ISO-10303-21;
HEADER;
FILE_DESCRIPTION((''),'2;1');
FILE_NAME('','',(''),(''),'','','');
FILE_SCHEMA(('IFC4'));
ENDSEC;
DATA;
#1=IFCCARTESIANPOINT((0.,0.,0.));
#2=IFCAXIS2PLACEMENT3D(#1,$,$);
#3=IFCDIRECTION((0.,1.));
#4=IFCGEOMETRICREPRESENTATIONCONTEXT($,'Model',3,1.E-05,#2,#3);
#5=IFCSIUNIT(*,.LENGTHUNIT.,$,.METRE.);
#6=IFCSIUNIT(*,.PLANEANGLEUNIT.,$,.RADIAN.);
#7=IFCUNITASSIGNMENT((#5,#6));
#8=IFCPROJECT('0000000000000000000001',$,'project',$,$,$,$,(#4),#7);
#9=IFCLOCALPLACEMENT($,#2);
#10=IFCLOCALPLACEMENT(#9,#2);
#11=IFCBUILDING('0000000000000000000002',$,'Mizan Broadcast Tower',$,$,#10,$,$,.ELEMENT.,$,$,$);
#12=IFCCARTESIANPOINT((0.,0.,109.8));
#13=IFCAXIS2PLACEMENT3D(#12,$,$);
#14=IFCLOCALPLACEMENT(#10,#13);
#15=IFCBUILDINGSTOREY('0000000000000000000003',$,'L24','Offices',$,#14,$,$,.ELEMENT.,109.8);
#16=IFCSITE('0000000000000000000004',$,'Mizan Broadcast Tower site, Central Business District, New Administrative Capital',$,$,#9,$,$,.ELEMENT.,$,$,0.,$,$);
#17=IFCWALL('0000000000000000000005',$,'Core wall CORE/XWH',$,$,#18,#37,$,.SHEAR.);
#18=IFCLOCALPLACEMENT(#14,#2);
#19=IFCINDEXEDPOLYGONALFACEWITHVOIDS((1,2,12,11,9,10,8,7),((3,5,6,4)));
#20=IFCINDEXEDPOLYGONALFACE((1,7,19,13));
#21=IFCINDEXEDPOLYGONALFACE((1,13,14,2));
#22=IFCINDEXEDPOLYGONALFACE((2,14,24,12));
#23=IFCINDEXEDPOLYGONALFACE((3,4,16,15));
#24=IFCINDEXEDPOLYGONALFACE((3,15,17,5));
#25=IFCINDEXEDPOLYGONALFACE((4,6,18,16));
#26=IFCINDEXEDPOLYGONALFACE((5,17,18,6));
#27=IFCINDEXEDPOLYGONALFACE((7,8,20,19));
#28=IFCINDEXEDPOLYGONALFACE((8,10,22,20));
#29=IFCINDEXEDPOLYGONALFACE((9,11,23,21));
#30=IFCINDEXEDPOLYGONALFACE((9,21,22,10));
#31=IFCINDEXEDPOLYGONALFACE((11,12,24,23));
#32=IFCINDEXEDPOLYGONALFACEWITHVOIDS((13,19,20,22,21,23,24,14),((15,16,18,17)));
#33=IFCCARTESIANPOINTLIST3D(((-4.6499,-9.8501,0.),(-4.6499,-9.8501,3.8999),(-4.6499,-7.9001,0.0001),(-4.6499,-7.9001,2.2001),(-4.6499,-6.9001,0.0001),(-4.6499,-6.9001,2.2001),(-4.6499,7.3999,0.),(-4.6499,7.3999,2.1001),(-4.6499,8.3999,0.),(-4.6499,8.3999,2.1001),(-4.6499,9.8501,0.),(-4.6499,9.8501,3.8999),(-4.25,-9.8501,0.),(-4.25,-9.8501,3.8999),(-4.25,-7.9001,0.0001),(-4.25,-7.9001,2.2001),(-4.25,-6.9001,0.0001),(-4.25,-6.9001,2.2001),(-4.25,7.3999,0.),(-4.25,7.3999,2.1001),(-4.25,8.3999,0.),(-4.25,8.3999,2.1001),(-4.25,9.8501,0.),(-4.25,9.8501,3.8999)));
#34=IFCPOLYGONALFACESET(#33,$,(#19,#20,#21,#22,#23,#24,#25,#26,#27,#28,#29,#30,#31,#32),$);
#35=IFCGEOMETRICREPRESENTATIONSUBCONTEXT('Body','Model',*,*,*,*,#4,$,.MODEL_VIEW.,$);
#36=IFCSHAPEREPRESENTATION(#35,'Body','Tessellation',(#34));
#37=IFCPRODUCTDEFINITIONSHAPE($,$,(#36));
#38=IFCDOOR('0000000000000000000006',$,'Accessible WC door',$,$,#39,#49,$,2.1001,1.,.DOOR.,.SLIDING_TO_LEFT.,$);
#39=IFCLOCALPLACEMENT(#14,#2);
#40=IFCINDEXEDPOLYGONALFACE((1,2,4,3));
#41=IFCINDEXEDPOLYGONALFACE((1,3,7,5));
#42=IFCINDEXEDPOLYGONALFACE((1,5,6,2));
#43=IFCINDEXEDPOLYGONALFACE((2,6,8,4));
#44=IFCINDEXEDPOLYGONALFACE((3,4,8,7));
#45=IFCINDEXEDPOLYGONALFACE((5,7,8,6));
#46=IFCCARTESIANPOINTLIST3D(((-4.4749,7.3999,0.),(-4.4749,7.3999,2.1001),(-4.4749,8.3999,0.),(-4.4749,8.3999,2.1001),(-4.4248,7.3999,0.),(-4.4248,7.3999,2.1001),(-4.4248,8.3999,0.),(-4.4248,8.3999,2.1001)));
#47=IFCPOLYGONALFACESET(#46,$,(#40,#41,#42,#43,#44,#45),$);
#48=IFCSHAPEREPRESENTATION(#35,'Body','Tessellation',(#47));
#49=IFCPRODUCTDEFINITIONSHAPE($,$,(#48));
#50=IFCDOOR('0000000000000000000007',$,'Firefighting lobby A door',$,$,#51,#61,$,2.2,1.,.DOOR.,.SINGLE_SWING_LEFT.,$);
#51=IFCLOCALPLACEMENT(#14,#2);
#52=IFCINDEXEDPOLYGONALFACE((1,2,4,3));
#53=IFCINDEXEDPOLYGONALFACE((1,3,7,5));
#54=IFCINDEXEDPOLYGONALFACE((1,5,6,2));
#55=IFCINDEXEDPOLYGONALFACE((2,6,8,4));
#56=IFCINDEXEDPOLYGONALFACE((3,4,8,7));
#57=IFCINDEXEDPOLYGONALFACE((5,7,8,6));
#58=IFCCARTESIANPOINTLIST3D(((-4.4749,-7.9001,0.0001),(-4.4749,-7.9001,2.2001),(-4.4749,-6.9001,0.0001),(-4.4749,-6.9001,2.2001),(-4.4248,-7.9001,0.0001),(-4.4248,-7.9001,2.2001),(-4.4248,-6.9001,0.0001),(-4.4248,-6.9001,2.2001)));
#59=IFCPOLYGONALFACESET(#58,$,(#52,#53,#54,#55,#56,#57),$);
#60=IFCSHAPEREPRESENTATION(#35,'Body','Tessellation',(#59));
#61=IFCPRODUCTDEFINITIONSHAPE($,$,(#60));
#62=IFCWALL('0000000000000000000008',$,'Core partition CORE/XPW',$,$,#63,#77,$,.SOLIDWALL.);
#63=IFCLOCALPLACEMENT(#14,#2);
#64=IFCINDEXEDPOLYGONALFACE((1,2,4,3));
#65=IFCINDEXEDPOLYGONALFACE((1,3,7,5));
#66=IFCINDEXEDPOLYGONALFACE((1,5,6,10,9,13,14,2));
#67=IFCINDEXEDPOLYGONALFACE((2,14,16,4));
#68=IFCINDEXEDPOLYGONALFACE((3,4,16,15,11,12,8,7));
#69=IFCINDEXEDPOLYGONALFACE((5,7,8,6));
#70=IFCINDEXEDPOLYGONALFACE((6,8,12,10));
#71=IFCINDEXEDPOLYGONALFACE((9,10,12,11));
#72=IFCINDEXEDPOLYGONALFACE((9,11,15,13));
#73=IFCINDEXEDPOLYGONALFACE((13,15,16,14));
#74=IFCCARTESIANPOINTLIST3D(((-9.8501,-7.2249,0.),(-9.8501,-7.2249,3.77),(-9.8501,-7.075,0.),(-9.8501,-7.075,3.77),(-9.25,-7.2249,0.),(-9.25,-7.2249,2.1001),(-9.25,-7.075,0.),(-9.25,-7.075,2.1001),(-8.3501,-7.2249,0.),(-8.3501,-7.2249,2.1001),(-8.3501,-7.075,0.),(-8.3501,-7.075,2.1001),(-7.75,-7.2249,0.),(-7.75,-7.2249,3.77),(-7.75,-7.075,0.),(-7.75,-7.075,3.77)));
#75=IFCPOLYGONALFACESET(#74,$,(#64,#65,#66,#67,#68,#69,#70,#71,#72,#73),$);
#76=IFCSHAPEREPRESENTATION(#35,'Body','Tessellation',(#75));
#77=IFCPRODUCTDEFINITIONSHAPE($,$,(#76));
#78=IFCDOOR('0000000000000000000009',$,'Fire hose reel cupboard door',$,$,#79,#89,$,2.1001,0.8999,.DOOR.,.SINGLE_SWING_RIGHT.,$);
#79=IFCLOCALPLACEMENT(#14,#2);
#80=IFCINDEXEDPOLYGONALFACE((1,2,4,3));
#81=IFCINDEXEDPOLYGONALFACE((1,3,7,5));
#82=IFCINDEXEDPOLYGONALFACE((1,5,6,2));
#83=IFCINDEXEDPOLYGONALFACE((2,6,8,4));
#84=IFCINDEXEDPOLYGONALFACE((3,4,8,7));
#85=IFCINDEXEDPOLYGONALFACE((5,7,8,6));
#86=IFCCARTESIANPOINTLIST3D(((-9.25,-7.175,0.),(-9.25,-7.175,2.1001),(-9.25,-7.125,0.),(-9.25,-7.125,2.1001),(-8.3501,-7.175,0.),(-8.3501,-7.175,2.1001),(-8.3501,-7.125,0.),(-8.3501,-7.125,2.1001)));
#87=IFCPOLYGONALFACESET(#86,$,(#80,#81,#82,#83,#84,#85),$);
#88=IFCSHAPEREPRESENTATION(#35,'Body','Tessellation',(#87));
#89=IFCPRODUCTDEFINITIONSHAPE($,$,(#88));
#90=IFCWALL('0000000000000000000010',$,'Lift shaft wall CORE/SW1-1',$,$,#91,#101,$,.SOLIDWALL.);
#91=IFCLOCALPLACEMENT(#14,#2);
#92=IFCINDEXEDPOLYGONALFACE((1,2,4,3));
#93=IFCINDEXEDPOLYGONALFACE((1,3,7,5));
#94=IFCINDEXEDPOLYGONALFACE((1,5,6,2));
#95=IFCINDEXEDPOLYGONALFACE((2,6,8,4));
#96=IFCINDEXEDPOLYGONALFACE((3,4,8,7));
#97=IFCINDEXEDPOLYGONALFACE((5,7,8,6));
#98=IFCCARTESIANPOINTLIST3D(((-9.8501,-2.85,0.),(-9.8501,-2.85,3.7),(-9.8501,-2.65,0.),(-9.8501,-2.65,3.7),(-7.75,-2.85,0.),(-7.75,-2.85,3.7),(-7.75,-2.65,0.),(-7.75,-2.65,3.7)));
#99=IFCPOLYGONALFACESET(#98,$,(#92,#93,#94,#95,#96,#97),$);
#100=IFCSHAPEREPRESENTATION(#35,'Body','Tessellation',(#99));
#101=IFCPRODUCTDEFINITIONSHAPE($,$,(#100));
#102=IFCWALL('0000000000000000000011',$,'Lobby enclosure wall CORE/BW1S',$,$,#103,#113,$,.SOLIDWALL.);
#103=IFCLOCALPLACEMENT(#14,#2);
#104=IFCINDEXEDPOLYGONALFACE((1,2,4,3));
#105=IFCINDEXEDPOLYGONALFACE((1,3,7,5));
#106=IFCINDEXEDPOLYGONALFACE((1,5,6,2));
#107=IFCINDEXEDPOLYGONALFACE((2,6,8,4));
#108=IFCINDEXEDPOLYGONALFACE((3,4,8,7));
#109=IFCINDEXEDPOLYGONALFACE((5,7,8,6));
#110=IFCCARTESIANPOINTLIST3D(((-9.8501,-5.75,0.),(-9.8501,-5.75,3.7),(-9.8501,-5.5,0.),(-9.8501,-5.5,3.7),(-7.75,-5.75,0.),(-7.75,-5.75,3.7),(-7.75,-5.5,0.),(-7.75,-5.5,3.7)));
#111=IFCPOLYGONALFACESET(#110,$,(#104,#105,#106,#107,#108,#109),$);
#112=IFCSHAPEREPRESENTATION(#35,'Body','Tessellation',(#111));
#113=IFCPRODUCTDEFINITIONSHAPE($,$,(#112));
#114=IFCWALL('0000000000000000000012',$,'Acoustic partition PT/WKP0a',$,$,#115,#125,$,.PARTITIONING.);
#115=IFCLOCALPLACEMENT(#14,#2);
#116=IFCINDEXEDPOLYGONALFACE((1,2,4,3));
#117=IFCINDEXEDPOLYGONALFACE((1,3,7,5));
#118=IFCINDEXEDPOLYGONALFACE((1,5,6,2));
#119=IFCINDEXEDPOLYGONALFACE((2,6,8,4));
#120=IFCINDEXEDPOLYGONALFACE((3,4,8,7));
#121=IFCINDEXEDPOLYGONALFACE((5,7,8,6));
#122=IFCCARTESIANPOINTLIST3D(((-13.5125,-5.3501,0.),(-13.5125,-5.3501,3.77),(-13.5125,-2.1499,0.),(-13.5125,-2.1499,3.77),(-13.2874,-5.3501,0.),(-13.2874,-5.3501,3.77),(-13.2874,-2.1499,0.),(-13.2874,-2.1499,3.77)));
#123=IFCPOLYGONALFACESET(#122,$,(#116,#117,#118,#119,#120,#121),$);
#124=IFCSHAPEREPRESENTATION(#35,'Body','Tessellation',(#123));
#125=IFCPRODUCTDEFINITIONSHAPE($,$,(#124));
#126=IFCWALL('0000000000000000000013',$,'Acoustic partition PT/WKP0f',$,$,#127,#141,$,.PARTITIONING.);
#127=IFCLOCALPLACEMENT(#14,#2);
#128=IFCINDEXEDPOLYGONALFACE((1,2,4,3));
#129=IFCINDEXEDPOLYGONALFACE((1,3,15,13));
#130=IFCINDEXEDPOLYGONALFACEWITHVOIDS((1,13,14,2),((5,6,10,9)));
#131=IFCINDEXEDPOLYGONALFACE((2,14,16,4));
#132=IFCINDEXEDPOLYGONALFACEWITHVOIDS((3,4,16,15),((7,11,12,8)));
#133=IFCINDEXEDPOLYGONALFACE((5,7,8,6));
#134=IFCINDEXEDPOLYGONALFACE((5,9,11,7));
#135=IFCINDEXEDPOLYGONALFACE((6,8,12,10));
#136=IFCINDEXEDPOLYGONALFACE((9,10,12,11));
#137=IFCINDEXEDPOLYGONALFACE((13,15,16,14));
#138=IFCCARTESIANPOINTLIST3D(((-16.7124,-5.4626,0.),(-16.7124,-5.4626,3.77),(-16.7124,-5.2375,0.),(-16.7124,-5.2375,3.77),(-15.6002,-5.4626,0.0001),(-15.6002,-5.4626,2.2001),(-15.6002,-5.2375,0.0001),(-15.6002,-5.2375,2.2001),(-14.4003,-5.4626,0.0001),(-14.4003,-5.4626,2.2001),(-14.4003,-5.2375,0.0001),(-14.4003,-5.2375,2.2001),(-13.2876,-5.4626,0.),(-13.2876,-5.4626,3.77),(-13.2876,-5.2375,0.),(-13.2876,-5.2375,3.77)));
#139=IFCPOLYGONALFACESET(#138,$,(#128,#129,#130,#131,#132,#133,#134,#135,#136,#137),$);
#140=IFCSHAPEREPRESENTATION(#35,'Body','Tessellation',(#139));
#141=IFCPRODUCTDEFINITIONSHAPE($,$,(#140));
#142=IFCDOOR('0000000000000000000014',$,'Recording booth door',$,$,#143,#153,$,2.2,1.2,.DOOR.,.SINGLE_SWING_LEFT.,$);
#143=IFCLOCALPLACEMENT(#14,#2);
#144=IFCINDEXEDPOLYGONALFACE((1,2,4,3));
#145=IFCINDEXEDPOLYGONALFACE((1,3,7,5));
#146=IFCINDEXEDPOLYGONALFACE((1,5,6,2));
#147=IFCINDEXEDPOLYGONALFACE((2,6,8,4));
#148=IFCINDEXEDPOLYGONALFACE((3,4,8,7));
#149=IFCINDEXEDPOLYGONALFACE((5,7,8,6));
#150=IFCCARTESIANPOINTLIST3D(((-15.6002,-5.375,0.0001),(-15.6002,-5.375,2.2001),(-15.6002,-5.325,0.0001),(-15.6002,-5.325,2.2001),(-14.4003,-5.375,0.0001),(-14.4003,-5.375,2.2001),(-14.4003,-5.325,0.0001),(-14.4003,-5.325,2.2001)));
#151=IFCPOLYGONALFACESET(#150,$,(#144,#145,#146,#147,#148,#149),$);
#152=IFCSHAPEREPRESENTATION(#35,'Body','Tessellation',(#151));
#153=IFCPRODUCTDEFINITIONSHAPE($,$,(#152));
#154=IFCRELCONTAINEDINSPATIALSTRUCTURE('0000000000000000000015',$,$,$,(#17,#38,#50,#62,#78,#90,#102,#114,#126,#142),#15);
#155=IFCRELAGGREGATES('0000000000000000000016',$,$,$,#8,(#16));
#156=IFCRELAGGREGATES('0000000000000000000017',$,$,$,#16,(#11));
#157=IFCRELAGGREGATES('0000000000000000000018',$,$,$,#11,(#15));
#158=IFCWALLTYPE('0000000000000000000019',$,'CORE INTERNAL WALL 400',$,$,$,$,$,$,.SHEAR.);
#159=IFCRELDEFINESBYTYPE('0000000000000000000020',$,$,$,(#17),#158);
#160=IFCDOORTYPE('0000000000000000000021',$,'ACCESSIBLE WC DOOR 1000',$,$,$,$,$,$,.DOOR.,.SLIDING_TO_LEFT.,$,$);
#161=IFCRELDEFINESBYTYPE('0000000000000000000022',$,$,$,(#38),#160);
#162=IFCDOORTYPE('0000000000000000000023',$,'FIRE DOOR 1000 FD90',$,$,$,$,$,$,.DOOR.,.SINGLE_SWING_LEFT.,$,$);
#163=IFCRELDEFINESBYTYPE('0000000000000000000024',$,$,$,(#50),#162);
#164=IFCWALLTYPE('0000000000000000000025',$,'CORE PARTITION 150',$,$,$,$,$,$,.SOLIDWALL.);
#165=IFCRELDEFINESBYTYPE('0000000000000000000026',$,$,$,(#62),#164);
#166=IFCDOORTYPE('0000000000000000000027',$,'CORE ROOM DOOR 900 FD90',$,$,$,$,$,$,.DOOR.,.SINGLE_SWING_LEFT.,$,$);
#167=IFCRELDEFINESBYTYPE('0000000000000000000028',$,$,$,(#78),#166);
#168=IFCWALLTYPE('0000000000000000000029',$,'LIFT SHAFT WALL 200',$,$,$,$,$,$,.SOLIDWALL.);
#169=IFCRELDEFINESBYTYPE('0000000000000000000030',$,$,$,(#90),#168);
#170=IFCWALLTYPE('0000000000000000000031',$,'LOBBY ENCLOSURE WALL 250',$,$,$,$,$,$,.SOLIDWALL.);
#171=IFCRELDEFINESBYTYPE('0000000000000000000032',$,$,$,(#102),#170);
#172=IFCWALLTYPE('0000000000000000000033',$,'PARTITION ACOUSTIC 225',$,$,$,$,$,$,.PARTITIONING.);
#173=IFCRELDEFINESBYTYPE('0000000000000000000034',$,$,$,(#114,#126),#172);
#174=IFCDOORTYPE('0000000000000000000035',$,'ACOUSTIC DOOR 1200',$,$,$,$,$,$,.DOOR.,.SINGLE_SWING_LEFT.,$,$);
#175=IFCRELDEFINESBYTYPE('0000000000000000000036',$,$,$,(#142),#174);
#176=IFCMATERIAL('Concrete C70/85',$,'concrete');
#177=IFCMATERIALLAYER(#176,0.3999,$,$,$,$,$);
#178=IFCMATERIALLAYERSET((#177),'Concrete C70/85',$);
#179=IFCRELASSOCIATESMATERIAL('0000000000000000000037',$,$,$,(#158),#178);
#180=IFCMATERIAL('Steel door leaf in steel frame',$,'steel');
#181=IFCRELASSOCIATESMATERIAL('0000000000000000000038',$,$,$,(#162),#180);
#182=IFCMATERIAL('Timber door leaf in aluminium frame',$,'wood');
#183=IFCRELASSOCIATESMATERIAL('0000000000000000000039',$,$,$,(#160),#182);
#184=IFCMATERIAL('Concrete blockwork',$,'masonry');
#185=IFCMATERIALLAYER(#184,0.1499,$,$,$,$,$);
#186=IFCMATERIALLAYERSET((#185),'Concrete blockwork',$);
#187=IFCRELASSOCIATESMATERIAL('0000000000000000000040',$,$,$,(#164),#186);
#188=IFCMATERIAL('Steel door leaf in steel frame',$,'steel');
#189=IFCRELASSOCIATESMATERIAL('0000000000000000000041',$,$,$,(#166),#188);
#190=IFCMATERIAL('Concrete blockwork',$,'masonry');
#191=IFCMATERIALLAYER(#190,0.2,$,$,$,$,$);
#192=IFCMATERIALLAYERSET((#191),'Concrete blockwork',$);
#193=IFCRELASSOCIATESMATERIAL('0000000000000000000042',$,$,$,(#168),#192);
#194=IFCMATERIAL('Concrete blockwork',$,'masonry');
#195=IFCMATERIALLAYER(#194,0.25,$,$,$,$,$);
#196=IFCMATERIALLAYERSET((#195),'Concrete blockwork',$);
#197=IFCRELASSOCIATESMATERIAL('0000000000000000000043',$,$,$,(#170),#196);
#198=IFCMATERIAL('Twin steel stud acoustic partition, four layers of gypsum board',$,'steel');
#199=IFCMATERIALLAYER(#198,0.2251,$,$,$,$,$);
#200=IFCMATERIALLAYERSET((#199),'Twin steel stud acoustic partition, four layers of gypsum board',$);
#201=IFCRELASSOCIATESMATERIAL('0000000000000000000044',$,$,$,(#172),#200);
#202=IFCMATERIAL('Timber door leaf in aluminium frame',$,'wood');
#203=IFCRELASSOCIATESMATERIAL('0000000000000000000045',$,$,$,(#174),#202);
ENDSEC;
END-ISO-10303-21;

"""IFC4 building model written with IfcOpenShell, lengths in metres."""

from ifc_helpers import new_model, si_unit, direction, frame, frame_2d, origin, place, context, subcontext, project, spatial, rectangle, extrude, material, layer, layer_set, type_object, element, fill, save


model = new_model("IFC4")

# Units and contexts
model_context = context("Model", 3, precision=1e-05, world=origin(), true_north=direction((0.0, 1.0)))
body_context = subcontext(model_context, "Body", "Model", "MODEL_VIEW")
ifc_project = project(units=[si_unit("LENGTHUNIT", "METRE"), si_unit("PLANEANGLEUNIT", "RADIAN")], contexts=[model_context])

# Site, building, storey
site_placement = place(None, origin())
site = spatial("IfcSite", under=ifc_project, at=site_placement, Name="Mizan Broadcast Tower site, Central Business District, New Administrative Capital", CompositionType="ELEMENT", RefElevation=0.0)
building_placement = place(site_placement, origin())
building = spatial("IfcBuilding", under=site, at=building_placement, Name="Mizan Broadcast Tower", CompositionType="ELEMENT")
storey_placement = place(building_placement, frame((0.0, 0.0, 109.8)))
storey = spatial("IfcBuildingStorey", under=building, at=storey_placement, Name="L24", Description="Offices", CompositionType="ELEMENT", Elevation=109.8)

# Wall, openings, doors
ifc_material_1 = material(Name="Concrete C70/85", Category="concrete")
ifc_layer_1 = layer(ifc_material_1, 0.3999)
ifc_layer_set_1 = layer_set([ifc_layer_1], Name="Concrete C70/85")
wall_type_1 = type_object("IfcWallType", Name="CORE INTERNAL WALL 400", PredefinedType="SHEAR", material=ifc_layer_set_1)
ifc_material_2 = material(Name="Steel door leaf in steel frame", Category="steel")
door_type_1 = type_object("IfcDoorType", Name="FIRE DOOR 1000 FD90", OperationType="SINGLE_SWING_LEFT", PredefinedType="DOOR", material=ifc_material_2)
wall_1_placement = place(storey_placement, frame((-4.45, -9.8501, 0.0), z_axis=(0.0, 0.0, 1.0), x_axis=(0.0, 1.0, 0.0)))
wall_1 = element("IfcWall", 1, at=wall_1_placement, inside=storey, type_object=wall_type_1, Name="Core wall CORE/XWH", PredefinedType="SHEAR", context=body_context, shape_type="SweptSolid", body=[
    extrude(rectangle(XDim=19.7002, YDim=0.3999, at=frame_2d((9.8501, 0.0))), origin(), (0.0, 0.0, 1.0), 3.8999),
])
opening_1_placement = place(wall_1_placement, frame((1.95, 0.0, 0.0)))
opening_1 = element("IfcOpeningElement", 2, at=opening_1_placement, cuts=wall_1, PredefinedType="OPENING", context=body_context, shape_type="SweptSolid", body=[
    extrude(rectangle(XDim=1.0, YDim=2.2, at=frame_2d((0.5, 1.1001))), frame((0.0, 0.21, 0.0), z_axis=(0.0, -1.0, 0.0), x_axis=(1.0, 0.0, 0.0)), (0.0, 0.0, 1.0), 0.4199),
])
opening_2_placement = place(wall_1_placement, frame((17.25, 0.0, 0.0)))
opening_2 = element("IfcOpeningElement", 3, at=opening_2_placement, cuts=wall_1, PredefinedType="OPENING", context=body_context, shape_type="SweptSolid", body=[
    extrude(rectangle(XDim=1.0, YDim=2.1001, at=frame_2d((0.5, 1.05))), frame((0.0, 0.21, 0.0), z_axis=(0.0, -1.0, 0.0), x_axis=(1.0, 0.0, 0.0)), (0.0, 0.0, 1.0), 0.4199),
])
ifc_material_3 = material(Name="Timber door leaf in aluminium frame", Category="wood")
door_type_2 = type_object("IfcDoorType", Name="ACCESSIBLE WC DOOR 1000", OperationType="SLIDING_TO_LEFT", PredefinedType="DOOR", material=ifc_material_3)
door_1_placement = place(opening_2_placement, origin())
door_1 = element("IfcDoor", 4, at=door_1_placement, inside=storey, type_object=door_type_2, Name="Accessible WC door", OperationType="SLIDING_TO_LEFT", OverallHeight=2.1001, OverallWidth=1.0, PredefinedType="DOOR", context=body_context, shape_type="SweptSolid", body=[
    extrude(rectangle(XDim=1.0, YDim=2.1001, at=frame_2d((0.5, 1.05))), frame((0.0, 0.0249, 0.0), z_axis=(0.0, -1.0, 0.0), x_axis=(1.0, 0.0, 0.0)), (0.0, 0.0, 1.0), 0.05),
])
fill(opening_2, door_1)
door_2_placement = place(opening_1_placement, origin())
door_2 = element("IfcDoor", 5, at=door_2_placement, inside=storey, type_object=door_type_1, Name="Firefighting lobby A door", OperationType="SINGLE_SWING_LEFT", OverallHeight=2.2, OverallWidth=1.0, PredefinedType="DOOR", context=body_context, shape_type="SweptSolid", body=[
    extrude(rectangle(XDim=1.0, YDim=2.2, at=frame_2d((0.5, 1.1001))), frame((0.0, 0.0249, 0.0), z_axis=(0.0, -1.0, 0.0), x_axis=(1.0, 0.0, 0.0)), (0.0, 0.0, 1.0), 0.05),
])
fill(opening_1, door_2)

# Wall, opening, door
ifc_material_4 = material(Name="Concrete blockwork", Category="masonry")
ifc_layer_2 = layer(ifc_material_4, 0.1499)
ifc_layer_set_2 = layer_set([ifc_layer_2], Name="Concrete blockwork")
wall_type_2 = type_object("IfcWallType", Name="CORE PARTITION 150", PredefinedType="SOLIDWALL", material=ifc_layer_set_2)
wall_2_placement = place(storey_placement, frame((-9.8501, -7.1499, 0.0), z_axis=(0.0, 0.0, 1.0), x_axis=(1.0, 0.0, 0.0)))
wall_2 = element("IfcWall", 6, at=wall_2_placement, inside=storey, type_object=wall_type_2, Name="Core partition CORE/XPW", PredefinedType="SOLIDWALL", context=body_context, shape_type="SweptSolid", body=[
    extrude(rectangle(XDim=2.1001, YDim=0.1499, at=frame_2d((1.05, 0.0))), origin(), (0.0, 0.0, 1.0), 3.77),
])
opening_3_placement = place(wall_2_placement, frame((0.6001, 0.0, 0.0)))
opening_3 = element("IfcOpeningElement", 7, at=opening_3_placement, cuts=wall_2, PredefinedType="OPENING", context=body_context, shape_type="SweptSolid", body=[
    extrude(rectangle(XDim=0.8999, YDim=2.1001, at=frame_2d((0.45, 1.05))), frame((0.0, 0.085, 0.0), z_axis=(0.0, -1.0, 0.0), x_axis=(1.0, 0.0, 0.0)), (0.0, 0.0, 1.0), 0.1699),
])
ifc_material_5 = material(Name="Steel door leaf in steel frame", Category="steel")
door_type_3 = type_object("IfcDoorType", Name="CORE ROOM DOOR 900 FD90", OperationType="SINGLE_SWING_LEFT", PredefinedType="DOOR", material=ifc_material_5)
door_3_placement = place(opening_3_placement, origin())
door_3 = element("IfcDoor", 8, at=door_3_placement, inside=storey, type_object=door_type_3, Name="Fire hose reel cupboard door", OperationType="SINGLE_SWING_RIGHT", OverallHeight=2.1001, OverallWidth=0.8999, PredefinedType="DOOR", context=body_context, shape_type="SweptSolid", body=[
    extrude(rectangle(XDim=0.8999, YDim=2.1001, at=frame_2d((0.45, 1.05))), frame((0.0, 0.0249, 0.0), z_axis=(0.0, -1.0, 0.0), x_axis=(1.0, 0.0, 0.0)), (0.0, 0.0, 1.0), 0.05),
])
fill(opening_3, door_3)

# Walls
ifc_material_6 = material(Name="Concrete blockwork", Category="masonry")
ifc_layer_3 = layer(ifc_material_6, 0.2)
ifc_layer_set_3 = layer_set([ifc_layer_3], Name="Concrete blockwork")
wall_type_3 = type_object("IfcWallType", Name="LIFT SHAFT WALL 200", PredefinedType="SOLIDWALL", material=ifc_layer_set_3)
wall_3_placement = place(storey_placement, frame((-9.8501, -2.75, 0.0), z_axis=(0.0, 0.0, 1.0), x_axis=(1.0, 0.0, 0.0)))
element("IfcWall", 9, at=wall_3_placement, inside=storey, type_object=wall_type_3, Name="Lift shaft wall CORE/SW1-1", PredefinedType="SOLIDWALL", context=body_context, shape_type="SweptSolid", body=[
    extrude(rectangle(XDim=2.1001, YDim=0.2, at=frame_2d((1.05, 0.0))), origin(), (0.0, 0.0, 1.0), 3.7),
])
ifc_material_7 = material(Name="Concrete blockwork", Category="masonry")
ifc_layer_4 = layer(ifc_material_7, 0.25)
ifc_layer_set_4 = layer_set([ifc_layer_4], Name="Concrete blockwork")
wall_type_4 = type_object("IfcWallType", Name="LOBBY ENCLOSURE WALL 250", PredefinedType="SOLIDWALL", material=ifc_layer_set_4)
wall_4_placement = place(storey_placement, frame((-9.8501, -5.625, 0.0), z_axis=(0.0, 0.0, 1.0), x_axis=(1.0, 0.0, 0.0)))
element("IfcWall", 10, at=wall_4_placement, inside=storey, type_object=wall_type_4, Name="Lobby enclosure wall CORE/BW1S", PredefinedType="SOLIDWALL", context=body_context, shape_type="SweptSolid", body=[
    extrude(rectangle(XDim=2.1001, YDim=0.25, at=frame_2d((1.05, 0.0))), origin(), (0.0, 0.0, 1.0), 3.7),
])
ifc_material_8 = material(Name="Twin steel stud acoustic partition, four layers of gypsum board", Category="steel")
ifc_layer_5 = layer(ifc_material_8, 0.2251)
ifc_layer_set_5 = layer_set([ifc_layer_5], Name="Twin steel stud acoustic partition, four layers of gypsum board")
wall_type_5 = type_object("IfcWallType", Name="PARTITION ACOUSTIC 225", PredefinedType="PARTITIONING", material=ifc_layer_set_5)
wall_5_placement = place(storey_placement, frame((-13.3999, -2.1499, 0.0), z_axis=(0.0, 0.0, 1.0), x_axis=(0.0, -1.0, 0.0)))
element("IfcWall", 11, at=wall_5_placement, inside=storey, type_object=wall_type_5, Name="Acoustic partition PT/WKP0a", PredefinedType="PARTITIONING", context=body_context, shape_type="SweptSolid", body=[
    extrude(rectangle(XDim=3.2002, YDim=0.2251, at=frame_2d((1.6001, 0.0))), origin(), (0.0, 0.0, 1.0), 3.77),
])

# Wall, opening, door
wall_6_placement = place(storey_placement, frame((-13.2876, -5.3501, 0.0), z_axis=(0.0, 0.0, 1.0), x_axis=(-1.0, 0.0, 0.0)))
wall_6 = element("IfcWall", 12, at=wall_6_placement, inside=storey, type_object=wall_type_5, Name="Acoustic partition PT/WKP0f", PredefinedType="PARTITIONING", context=body_context, shape_type="SweptSolid", body=[
    extrude(rectangle(XDim=3.4248, YDim=0.2251, at=frame_2d((1.7124, 0.0))), origin(), (0.0, 0.0, 1.0), 3.77),
])
opening_4_placement = place(wall_6_placement, frame((1.1125, 0.0, 0.0)))
opening_4 = element("IfcOpeningElement", 13, at=opening_4_placement, cuts=wall_6, PredefinedType="OPENING", context=body_context, shape_type="SweptSolid", body=[
    extrude(rectangle(XDim=1.2, YDim=2.2, at=frame_2d((0.6001, 1.1001))), frame((0.0, 0.1226, 0.0), z_axis=(0.0, -1.0, 0.0), x_axis=(1.0, 0.0, 0.0)), (0.0, 0.0, 1.0), 0.2451),
])
ifc_material_9 = material(Name="Timber door leaf in aluminium frame", Category="wood")
door_type_4 = type_object("IfcDoorType", Name="ACOUSTIC DOOR 1200", OperationType="SINGLE_SWING_LEFT", PredefinedType="DOOR", material=ifc_material_9)
door_4_placement = place(opening_4_placement, origin())
door_4 = element("IfcDoor", 14, at=door_4_placement, inside=storey, type_object=door_type_4, Name="Recording booth door", OperationType="SINGLE_SWING_LEFT", OverallHeight=2.2, OverallWidth=1.2, PredefinedType="DOOR", context=body_context, shape_type="SweptSolid", body=[
    extrude(rectangle(XDim=1.2, YDim=2.2, at=frame_2d((0.6001, 1.1001))), frame((0.0, 0.0249, 0.0), z_axis=(0.0, -1.0, 0.0), x_axis=(1.0, 0.0, 0.0)), (0.0, 0.0, 1.0), 0.05),
])
fill(opening_4, door_4)

save(model, "model.ifc")
